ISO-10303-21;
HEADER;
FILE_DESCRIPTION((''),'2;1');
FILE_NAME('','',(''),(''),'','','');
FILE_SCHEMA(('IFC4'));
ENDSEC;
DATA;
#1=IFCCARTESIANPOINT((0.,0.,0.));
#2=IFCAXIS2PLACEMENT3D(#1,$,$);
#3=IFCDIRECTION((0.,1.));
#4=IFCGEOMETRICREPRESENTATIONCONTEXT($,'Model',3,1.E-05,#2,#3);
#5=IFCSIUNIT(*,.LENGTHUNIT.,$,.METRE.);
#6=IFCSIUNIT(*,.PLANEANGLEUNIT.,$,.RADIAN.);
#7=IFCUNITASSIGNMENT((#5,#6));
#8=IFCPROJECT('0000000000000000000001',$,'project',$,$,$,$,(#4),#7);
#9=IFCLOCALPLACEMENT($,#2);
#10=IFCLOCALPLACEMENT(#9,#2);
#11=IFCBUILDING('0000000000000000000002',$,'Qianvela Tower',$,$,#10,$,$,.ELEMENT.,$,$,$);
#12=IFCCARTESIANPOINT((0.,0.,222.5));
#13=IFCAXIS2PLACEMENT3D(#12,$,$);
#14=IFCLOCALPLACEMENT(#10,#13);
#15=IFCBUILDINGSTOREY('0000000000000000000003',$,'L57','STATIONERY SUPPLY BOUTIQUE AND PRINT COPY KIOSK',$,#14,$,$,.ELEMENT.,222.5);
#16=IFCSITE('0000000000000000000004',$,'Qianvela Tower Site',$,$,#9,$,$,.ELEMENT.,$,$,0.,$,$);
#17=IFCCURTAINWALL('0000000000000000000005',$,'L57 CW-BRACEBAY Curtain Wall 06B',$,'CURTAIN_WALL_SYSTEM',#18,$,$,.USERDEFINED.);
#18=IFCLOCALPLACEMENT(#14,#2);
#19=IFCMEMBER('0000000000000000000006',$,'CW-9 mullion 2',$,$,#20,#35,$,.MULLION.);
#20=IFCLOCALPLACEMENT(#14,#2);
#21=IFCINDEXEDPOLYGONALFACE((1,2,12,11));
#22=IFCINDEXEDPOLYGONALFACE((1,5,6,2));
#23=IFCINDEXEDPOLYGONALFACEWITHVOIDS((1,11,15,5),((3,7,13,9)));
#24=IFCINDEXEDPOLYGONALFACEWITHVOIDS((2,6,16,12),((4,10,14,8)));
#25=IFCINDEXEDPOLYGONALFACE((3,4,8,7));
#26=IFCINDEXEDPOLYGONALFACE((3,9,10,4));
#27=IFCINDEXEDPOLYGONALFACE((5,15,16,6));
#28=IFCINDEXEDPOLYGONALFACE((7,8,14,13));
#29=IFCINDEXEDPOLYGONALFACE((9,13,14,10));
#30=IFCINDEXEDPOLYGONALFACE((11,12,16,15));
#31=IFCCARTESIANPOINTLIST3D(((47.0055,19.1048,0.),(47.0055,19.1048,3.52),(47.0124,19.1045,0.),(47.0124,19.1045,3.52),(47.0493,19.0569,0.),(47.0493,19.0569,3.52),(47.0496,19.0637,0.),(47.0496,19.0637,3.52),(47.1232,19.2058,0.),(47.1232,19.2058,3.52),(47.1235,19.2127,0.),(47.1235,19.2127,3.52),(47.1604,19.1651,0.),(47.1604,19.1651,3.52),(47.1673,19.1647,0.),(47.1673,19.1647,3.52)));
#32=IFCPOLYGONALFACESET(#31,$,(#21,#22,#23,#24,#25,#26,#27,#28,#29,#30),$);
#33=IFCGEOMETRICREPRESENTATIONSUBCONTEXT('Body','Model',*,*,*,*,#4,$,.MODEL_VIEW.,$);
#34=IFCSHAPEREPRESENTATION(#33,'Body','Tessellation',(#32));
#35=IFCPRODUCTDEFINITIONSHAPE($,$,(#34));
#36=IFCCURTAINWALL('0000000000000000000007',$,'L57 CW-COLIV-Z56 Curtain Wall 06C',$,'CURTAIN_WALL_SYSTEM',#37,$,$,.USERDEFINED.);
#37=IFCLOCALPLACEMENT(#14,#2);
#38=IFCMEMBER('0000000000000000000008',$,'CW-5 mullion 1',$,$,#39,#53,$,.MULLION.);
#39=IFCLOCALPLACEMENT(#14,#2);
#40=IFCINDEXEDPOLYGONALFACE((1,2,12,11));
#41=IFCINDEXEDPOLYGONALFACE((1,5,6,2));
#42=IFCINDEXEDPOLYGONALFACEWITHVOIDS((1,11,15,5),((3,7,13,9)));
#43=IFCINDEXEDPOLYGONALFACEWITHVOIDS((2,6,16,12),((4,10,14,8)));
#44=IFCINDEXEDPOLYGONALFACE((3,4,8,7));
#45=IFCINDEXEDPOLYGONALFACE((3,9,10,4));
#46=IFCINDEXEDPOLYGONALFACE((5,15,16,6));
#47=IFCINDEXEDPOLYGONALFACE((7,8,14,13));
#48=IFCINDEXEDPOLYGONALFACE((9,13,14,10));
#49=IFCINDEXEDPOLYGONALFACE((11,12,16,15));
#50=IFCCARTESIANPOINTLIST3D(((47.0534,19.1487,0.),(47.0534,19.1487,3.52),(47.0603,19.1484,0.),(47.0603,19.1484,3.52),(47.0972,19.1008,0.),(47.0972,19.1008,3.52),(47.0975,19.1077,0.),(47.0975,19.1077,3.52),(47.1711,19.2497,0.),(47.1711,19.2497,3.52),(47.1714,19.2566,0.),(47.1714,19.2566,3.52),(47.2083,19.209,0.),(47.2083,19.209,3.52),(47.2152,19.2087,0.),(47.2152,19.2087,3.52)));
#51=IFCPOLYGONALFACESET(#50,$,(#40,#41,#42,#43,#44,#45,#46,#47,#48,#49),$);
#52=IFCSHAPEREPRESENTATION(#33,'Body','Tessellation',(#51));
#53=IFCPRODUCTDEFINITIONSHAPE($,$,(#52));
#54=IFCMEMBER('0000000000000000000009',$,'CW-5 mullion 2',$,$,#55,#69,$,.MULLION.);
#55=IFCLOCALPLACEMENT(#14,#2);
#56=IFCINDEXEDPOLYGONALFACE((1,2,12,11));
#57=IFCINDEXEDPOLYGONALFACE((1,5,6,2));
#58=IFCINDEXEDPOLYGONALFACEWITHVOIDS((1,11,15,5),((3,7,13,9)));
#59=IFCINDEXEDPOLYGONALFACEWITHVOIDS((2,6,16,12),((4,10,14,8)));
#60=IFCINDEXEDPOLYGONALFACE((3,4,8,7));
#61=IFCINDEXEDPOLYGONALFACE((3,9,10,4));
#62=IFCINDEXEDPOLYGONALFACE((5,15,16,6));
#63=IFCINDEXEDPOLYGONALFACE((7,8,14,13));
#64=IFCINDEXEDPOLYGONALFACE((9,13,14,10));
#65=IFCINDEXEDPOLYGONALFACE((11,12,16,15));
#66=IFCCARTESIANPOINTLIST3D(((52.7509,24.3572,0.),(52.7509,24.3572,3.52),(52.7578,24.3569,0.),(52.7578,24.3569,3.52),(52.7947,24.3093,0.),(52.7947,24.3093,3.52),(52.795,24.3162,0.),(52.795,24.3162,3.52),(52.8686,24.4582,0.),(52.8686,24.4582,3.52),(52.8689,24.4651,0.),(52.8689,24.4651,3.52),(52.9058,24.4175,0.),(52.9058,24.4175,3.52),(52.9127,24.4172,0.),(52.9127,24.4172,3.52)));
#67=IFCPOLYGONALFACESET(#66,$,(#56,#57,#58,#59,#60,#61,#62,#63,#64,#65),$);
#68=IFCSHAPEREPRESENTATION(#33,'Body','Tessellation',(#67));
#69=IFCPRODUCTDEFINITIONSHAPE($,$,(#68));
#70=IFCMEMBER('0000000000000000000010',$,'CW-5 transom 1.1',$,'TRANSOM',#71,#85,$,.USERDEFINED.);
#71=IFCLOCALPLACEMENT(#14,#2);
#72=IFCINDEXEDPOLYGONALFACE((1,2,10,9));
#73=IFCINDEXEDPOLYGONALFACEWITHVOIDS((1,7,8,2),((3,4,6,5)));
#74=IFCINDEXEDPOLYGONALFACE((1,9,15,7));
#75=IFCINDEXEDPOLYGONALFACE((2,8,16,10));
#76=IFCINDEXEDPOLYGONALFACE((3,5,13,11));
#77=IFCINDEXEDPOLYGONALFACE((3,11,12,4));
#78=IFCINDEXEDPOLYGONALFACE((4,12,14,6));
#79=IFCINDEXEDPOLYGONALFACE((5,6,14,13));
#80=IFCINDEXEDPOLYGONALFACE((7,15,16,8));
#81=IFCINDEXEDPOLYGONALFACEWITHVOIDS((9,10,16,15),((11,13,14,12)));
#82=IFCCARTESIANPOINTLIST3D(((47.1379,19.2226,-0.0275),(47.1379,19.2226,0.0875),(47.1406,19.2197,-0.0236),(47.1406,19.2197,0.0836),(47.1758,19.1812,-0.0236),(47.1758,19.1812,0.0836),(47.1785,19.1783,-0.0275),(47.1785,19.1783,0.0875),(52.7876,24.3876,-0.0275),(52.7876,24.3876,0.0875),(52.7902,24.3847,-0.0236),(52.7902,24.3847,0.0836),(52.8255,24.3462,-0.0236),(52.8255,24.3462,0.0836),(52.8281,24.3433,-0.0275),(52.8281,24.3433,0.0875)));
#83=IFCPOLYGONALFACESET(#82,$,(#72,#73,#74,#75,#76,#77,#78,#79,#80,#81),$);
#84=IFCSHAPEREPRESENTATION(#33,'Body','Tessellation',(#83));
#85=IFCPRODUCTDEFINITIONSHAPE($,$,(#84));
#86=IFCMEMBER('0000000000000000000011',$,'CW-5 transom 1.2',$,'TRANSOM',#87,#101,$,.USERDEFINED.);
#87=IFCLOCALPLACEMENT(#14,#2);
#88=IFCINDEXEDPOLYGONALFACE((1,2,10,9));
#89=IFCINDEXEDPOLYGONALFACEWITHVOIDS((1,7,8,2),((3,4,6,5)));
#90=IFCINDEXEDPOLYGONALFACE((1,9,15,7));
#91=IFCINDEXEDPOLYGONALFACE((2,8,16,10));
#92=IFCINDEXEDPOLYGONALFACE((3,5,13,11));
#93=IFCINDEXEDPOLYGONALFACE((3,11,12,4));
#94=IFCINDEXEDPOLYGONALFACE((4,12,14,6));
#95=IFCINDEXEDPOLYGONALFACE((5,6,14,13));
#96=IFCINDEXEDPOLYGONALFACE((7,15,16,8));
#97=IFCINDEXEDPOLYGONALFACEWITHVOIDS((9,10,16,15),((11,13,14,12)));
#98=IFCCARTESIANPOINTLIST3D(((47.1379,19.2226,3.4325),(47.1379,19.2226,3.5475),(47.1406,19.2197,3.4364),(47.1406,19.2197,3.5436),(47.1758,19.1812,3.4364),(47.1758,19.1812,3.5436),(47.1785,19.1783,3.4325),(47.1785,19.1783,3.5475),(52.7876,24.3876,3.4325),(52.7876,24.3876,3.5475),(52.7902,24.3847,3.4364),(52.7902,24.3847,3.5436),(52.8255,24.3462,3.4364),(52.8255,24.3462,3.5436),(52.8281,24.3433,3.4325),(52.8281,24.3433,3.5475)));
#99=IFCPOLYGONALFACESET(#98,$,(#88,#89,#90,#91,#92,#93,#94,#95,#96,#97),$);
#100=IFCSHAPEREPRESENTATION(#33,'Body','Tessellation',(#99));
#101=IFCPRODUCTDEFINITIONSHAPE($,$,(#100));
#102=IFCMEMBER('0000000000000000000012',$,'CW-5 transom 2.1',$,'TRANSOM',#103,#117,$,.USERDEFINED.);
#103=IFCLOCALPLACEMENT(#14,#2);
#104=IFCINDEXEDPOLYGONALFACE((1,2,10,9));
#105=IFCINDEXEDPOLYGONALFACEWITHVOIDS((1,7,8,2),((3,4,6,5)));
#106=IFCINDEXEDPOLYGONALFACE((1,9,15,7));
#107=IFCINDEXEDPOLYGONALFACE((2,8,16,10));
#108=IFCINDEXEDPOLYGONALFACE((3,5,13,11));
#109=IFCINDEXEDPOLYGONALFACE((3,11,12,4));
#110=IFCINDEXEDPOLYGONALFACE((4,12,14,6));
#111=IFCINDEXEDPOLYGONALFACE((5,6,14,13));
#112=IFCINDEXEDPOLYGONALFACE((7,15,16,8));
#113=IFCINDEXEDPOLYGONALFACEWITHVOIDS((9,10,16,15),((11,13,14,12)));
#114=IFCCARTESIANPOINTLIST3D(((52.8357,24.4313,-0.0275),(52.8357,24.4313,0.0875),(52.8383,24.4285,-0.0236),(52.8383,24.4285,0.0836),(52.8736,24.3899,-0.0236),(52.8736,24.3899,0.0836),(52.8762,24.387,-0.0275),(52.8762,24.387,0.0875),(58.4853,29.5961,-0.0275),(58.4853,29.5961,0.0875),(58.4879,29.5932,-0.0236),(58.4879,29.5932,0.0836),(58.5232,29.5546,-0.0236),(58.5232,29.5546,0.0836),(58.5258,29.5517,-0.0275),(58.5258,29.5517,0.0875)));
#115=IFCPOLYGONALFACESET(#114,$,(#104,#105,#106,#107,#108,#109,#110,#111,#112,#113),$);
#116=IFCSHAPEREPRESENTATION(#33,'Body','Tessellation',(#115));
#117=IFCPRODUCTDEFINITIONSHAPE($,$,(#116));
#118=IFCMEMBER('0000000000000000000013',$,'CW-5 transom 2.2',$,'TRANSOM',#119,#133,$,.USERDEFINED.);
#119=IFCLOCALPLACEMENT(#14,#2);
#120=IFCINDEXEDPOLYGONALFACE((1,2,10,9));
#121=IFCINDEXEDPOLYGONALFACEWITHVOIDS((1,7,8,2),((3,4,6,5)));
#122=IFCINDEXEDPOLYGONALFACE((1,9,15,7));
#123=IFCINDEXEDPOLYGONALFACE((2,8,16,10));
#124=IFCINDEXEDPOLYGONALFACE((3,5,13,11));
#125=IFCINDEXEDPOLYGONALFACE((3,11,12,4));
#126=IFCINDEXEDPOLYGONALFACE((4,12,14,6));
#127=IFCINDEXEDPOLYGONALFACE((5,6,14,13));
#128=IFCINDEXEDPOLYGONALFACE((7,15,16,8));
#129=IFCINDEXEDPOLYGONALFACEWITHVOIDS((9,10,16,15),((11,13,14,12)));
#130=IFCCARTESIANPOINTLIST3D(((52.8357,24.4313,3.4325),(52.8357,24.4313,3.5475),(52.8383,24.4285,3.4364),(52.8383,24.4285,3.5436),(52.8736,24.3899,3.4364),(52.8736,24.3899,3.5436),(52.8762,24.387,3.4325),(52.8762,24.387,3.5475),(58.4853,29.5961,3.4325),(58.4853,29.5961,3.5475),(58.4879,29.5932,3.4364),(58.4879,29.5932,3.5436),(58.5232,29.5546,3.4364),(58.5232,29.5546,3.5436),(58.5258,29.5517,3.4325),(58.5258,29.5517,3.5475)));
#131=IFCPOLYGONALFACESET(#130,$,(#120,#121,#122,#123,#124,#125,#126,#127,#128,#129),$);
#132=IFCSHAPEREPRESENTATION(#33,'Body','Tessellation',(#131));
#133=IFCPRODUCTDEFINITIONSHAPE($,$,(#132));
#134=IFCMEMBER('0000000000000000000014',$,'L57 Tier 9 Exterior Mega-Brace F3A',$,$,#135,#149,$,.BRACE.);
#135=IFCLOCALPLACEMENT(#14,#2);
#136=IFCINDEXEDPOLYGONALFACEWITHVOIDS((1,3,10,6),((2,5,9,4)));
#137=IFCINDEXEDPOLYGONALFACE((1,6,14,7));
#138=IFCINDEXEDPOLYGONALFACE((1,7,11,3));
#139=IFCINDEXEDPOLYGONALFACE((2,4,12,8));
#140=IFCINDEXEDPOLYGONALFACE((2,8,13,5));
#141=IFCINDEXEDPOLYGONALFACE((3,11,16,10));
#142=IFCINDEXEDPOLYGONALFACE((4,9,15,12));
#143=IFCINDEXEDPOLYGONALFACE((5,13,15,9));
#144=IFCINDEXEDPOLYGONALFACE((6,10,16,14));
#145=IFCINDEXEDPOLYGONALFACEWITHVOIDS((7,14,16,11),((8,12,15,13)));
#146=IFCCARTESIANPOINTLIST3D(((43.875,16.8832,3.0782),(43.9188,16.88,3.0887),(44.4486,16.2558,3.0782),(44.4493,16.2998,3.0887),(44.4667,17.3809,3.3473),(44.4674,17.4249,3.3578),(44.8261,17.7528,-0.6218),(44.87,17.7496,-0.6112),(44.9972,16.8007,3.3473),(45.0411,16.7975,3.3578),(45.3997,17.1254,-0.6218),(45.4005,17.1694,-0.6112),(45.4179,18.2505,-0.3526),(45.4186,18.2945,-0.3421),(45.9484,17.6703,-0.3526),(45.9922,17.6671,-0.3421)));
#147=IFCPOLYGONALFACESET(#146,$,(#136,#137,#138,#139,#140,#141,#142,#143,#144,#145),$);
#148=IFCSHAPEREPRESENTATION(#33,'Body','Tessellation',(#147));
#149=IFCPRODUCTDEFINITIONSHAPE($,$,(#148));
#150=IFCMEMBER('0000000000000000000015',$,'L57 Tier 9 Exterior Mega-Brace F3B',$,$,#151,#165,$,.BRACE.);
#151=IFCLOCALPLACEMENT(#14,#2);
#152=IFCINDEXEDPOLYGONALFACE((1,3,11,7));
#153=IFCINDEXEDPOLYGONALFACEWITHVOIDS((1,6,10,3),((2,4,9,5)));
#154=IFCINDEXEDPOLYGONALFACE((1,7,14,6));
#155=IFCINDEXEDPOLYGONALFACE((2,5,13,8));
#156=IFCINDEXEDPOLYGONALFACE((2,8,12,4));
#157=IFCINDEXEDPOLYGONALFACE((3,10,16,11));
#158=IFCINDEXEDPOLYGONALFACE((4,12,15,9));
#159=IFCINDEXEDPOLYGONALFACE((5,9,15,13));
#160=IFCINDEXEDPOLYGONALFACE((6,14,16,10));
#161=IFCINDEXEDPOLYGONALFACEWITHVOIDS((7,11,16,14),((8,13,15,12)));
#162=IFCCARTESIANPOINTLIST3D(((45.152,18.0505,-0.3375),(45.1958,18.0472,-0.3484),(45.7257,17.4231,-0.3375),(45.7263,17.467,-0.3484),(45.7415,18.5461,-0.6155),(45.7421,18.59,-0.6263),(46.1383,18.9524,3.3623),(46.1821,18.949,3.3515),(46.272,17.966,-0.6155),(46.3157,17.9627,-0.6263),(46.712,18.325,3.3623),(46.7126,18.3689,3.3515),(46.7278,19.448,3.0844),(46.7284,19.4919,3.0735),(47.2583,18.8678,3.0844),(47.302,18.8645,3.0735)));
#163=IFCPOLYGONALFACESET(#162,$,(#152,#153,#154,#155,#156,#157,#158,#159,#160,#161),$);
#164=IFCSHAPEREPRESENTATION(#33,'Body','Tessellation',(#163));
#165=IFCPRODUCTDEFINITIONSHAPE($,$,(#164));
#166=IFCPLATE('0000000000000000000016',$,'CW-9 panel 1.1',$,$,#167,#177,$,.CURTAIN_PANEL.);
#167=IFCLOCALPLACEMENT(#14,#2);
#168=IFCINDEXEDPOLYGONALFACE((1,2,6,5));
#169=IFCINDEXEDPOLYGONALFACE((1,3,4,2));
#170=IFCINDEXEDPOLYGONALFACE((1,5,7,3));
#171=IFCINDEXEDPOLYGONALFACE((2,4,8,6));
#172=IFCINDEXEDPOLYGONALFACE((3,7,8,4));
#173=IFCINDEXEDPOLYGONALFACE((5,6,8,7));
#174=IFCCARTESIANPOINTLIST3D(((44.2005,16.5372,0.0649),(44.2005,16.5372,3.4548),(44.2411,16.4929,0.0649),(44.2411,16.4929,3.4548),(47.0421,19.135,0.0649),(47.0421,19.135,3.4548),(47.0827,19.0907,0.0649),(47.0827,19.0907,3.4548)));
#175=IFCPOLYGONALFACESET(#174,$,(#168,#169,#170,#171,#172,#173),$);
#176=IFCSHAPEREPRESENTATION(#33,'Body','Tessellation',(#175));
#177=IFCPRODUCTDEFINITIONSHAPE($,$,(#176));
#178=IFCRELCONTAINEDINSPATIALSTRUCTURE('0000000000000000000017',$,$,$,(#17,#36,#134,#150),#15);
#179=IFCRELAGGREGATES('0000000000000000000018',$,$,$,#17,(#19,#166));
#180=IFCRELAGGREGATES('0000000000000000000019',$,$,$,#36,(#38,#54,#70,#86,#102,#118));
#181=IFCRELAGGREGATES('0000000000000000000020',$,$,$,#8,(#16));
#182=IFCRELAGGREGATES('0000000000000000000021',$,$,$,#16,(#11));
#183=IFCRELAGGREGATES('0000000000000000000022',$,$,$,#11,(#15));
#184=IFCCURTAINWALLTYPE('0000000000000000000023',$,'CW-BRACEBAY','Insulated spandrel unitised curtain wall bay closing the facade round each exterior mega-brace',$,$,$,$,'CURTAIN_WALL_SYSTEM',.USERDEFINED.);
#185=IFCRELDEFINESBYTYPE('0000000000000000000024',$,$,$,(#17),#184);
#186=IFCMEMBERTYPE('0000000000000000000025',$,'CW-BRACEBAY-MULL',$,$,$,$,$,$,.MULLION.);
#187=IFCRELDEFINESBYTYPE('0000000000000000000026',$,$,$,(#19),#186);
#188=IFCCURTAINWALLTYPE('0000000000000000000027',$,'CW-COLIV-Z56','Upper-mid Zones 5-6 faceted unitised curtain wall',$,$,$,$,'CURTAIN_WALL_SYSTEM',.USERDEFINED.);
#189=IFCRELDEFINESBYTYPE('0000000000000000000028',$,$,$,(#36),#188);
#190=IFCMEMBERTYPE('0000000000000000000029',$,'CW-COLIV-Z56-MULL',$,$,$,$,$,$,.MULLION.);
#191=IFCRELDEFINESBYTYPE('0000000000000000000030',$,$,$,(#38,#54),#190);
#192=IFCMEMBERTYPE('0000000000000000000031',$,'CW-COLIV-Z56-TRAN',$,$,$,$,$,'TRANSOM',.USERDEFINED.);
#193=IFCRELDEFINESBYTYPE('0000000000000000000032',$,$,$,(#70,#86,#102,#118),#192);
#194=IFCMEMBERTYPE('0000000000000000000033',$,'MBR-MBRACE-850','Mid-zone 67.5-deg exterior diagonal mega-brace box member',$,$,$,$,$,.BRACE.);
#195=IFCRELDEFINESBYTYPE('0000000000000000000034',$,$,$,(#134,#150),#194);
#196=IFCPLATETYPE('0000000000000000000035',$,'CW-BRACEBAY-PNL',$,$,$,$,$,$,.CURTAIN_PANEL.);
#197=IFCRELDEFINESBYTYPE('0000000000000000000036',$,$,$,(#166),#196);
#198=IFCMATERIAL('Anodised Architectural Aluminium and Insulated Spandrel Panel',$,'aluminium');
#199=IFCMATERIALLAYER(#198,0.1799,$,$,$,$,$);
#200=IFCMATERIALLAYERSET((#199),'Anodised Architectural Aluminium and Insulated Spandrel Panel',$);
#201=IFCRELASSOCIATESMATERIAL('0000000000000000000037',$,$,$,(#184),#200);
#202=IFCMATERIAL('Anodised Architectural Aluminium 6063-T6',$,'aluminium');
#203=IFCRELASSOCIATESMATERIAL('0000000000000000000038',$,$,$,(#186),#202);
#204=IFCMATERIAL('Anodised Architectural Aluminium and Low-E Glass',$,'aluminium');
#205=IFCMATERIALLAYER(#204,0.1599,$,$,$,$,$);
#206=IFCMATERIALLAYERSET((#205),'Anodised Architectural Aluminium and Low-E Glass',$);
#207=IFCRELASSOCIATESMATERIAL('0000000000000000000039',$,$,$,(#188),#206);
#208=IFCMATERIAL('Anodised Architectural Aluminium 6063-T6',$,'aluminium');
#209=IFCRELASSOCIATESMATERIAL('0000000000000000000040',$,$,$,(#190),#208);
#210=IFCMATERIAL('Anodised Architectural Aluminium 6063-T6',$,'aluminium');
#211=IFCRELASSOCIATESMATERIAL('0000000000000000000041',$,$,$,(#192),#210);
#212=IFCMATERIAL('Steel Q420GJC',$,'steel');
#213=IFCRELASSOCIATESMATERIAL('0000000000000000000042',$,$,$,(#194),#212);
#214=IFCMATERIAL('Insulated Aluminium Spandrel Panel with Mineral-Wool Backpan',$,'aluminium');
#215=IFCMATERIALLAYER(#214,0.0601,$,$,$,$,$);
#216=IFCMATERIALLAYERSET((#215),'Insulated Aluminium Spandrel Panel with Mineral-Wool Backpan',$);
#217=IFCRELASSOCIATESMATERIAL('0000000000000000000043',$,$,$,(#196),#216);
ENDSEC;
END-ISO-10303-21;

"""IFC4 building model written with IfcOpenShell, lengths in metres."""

from ifc_helpers import new_model, si_unit, direction, frame, origin, origin_2d, place, context, subcontext, project, spatial, rectangle, hollow_rectangle, extrude, material, layer, layer_set, material_profile, profile_set, type_object, element, aggregate, save


model = new_model("IFC4")

# Units and contexts
model_context = context("Model", 3, precision=1e-05, world=origin(), true_north=direction((0.0, 1.0)))
body_context = subcontext(model_context, "Body", "Model", "MODEL_VIEW")
ifc_project = project(units=[si_unit("LENGTHUNIT", "METRE"), si_unit("PLANEANGLEUNIT", "RADIAN")], contexts=[model_context])

# Site, building, storey
site_placement = place(None, origin())
site = spatial("IfcSite", under=ifc_project, at=site_placement, Name="Qianvela Tower Site", CompositionType="ELEMENT", RefElevation=0.0)
building_placement = place(site_placement, origin())
building = spatial("IfcBuilding", under=site, at=building_placement, Name="Qianvela Tower", CompositionType="ELEMENT")
storey_placement = place(building_placement, frame((0.0, 0.0, 222.5)))
storey = spatial("IfcBuildingStorey", under=building, at=storey_placement, Name="L57", Description="STATIONERY SUPPLY BOUTIQUE AND PRINT COPY KIOSK", CompositionType="ELEMENT", Elevation=222.5)

# Curtain wall, member
ifc_material_1 = material(Name="Anodised Architectural Aluminium and Insulated Spandrel Panel", Category="aluminium")
ifc_layer_1 = layer(ifc_material_1, 0.1799)
ifc_layer_set_1 = layer_set([ifc_layer_1], Name="Anodised Architectural Aluminium and Insulated Spandrel Panel")
curtain_wall_type_1 = type_object("IfcCurtainWallType", Name="CW-BRACEBAY", Description="Insulated spandrel unitised curtain wall bay closing the facade round each exterior mega-brace", ElementType="CURTAIN_WALL_SYSTEM", PredefinedType="USERDEFINED", material=ifc_layer_set_1)
curtain_wall_1_placement = place(storey_placement, origin())
curtain_wall_1 = element("IfcCurtainWall", 1, at=curtain_wall_1_placement, inside=storey, type_object=curtain_wall_type_1, Name="L57 CW-BRACEBAY Curtain Wall 06B", ObjectType="CURTAIN_WALL_SYSTEM", PredefinedType="USERDEFINED")
ifc_material_2 = material(Name="Anodised Architectural Aluminium 6063-T6", Category="aluminium")
ifc_material_profile_1 = material_profile(ifc_material_2, hollow_rectangle(XDim=0.0649, YDim=0.1599, WallThickness=0.0049, at=origin_2d()), Name="ALU-MULL-65x160")
ifc_profile_set_1 = profile_set([ifc_material_profile_1], Name="Anodised Architectural Aluminium 6063-T6")
member_type_1 = type_object("IfcMemberType", Name="CW-BRACEBAY-MULL", PredefinedType="MULLION", material=ifc_profile_set_1)
member_1_placement = place(storey_placement, frame((47.0864, 19.1348, 0.0), z_axis=(0.0, 0.0, 1.0), x_axis=(-0.67474, 0.738056, 0.0)))
member_1 = element("IfcMember", 2, at=member_1_placement, type_object=member_type_1, Name="CW-9 mullion 2", PredefinedType="MULLION", context=body_context, shape_type="SweptSolid", body=[
    extrude(hollow_rectangle(XDim=0.0649, YDim=0.1599, WallThickness=0.0049, at=origin_2d()), origin(), (0.0, 0.0, 1.0), 3.52),
])

# Curtain wall, members
ifc_material_3 = material(Name="Anodised Architectural Aluminium and Low-E Glass", Category="aluminium")
ifc_layer_2 = layer(ifc_material_3, 0.1599)
ifc_layer_set_2 = layer_set([ifc_layer_2], Name="Anodised Architectural Aluminium and Low-E Glass")
curtain_wall_type_2 = type_object("IfcCurtainWallType", Name="CW-COLIV-Z56", Description="Upper-mid Zones 5-6 faceted unitised curtain wall", ElementType="CURTAIN_WALL_SYSTEM", PredefinedType="USERDEFINED", material=ifc_layer_set_2)
curtain_wall_2_placement = place(storey_placement, origin())
curtain_wall_2 = element("IfcCurtainWall", 3, at=curtain_wall_2_placement, inside=storey, type_object=curtain_wall_type_2, Name="L57 CW-COLIV-Z56 Curtain Wall 06C", ObjectType="CURTAIN_WALL_SYSTEM", PredefinedType="USERDEFINED")
ifc_material_4 = material(Name="Anodised Architectural Aluminium 6063-T6", Category="aluminium")
ifc_material_profile_2 = material_profile(ifc_material_4, hollow_rectangle(XDim=0.0649, YDim=0.1599, WallThickness=0.0049, at=origin_2d()), Name="ALU-MULL-65x160")
ifc_profile_set_2 = profile_set([ifc_material_profile_2], Name="Anodised Architectural Aluminium 6063-T6")
member_type_2 = type_object("IfcMemberType", Name="CW-COLIV-Z56-MULL", PredefinedType="MULLION", material=ifc_profile_set_2)
member_2_placement = place(storey_placement, frame((47.1343, 19.1787, 0.0), z_axis=(0.0, 0.0, 1.0), x_axis=(-0.674729, 0.738066, 0.0)))
member_2 = element("IfcMember", 4, at=member_2_placement, type_object=member_type_2, Name="CW-5 mullion 1", PredefinedType="MULLION", context=body_context, shape_type="SweptSolid", body=[
    extrude(hollow_rectangle(XDim=0.0649, YDim=0.1599, WallThickness=0.0049, at=origin_2d()), origin(), (0.0, 0.0, 1.0), 3.52),
])
member_3_placement = place(storey_placement, frame((52.8318, 24.3872, 0.0), z_axis=(0.0, 0.0, 1.0), x_axis=(-0.674729, 0.738066, 0.0)))
member_3 = element("IfcMember", 5, at=member_3_placement, type_object=member_type_2, Name="CW-5 mullion 2", PredefinedType="MULLION", context=body_context, shape_type="SweptSolid", body=[
    extrude(hollow_rectangle(XDim=0.0649, YDim=0.1599, WallThickness=0.0049, at=origin_2d()), origin(), (0.0, 0.0, 1.0), 3.52),
])
ifc_material_5 = material(Name="Anodised Architectural Aluminium 6063-T6", Category="aluminium")
ifc_material_profile_3 = material_profile(ifc_material_5, hollow_rectangle(XDim=0.0601, YDim=0.115, WallThickness=0.0039, at=origin_2d()), Name="ALU-TRAN-60x115")
ifc_profile_set_3 = profile_set([ifc_material_profile_3], Name="Anodised Architectural Aluminium 6063-T6")
member_type_3 = type_object("IfcMemberType", Name="CW-COLIV-Z56-TRAN", ElementType="TRANSOM", PredefinedType="USERDEFINED", material=ifc_profile_set_3)
member_4_placement = place(storey_placement, frame((47.1582, 19.2004, 0.03), z_axis=(0.738052, 0.674743, 0.0), x_axis=(-0.674743, 0.738052, 0.0)))
member_4 = element("IfcMember", 6, at=member_4_placement, type_object=member_type_3, Name="CW-5 transom 1.1", ObjectType="TRANSOM", PredefinedType="USERDEFINED", context=body_context, shape_type="SweptSolid", body=[
    extrude(hollow_rectangle(XDim=0.0601, YDim=0.115, WallThickness=0.0039, at=origin_2d()), origin(), (0.0, 0.0, 1.0), 7.6548),
])
member_5_placement = place(storey_placement, frame((47.1582, 19.2004, 3.49), z_axis=(0.738052, 0.674743, 0.0), x_axis=(-0.674743, 0.738052, 0.0)))
member_5 = element("IfcMember", 7, at=member_5_placement, type_object=member_type_3, Name="CW-5 transom 1.2", ObjectType="TRANSOM", PredefinedType="USERDEFINED", context=body_context, shape_type="SweptSolid", body=[
    extrude(hollow_rectangle(XDim=0.0601, YDim=0.115, WallThickness=0.0039, at=origin_2d()), origin(), (0.0, 0.0, 1.0), 7.6548),
])
member_6_placement = place(storey_placement, frame((52.856, 24.4092, 0.03), z_axis=(0.738068, 0.674726, 0.0), x_axis=(-0.674726, 0.738068, 0.0)))
member_6 = element("IfcMember", 8, at=member_6_placement, type_object=member_type_3, Name="CW-5 transom 2.1", ObjectType="TRANSOM", PredefinedType="USERDEFINED", context=body_context, shape_type="SweptSolid", body=[
    extrude(hollow_rectangle(XDim=0.0601, YDim=0.115, WallThickness=0.0039, at=origin_2d()), origin(), (0.0, 0.0, 1.0), 7.6545),
])
member_7_placement = place(storey_placement, frame((52.856, 24.4092, 3.49), z_axis=(0.738068, 0.674726, 0.0), x_axis=(-0.674726, 0.738068, 0.0)))
member_7 = element("IfcMember", 9, at=member_7_placement, type_object=member_type_3, Name="CW-5 transom 2.2", ObjectType="TRANSOM", PredefinedType="USERDEFINED", context=body_context, shape_type="SweptSolid", body=[
    extrude(hollow_rectangle(XDim=0.0601, YDim=0.115, WallThickness=0.0039, at=origin_2d()), origin(), (0.0, 0.0, 1.0), 7.6545),
])

# Members
ifc_material_6 = material(Name="Steel Q420GJC", Category="steel")
ifc_material_profile_4 = material_profile(ifc_material_6, hollow_rectangle(XDim=0.8501, YDim=0.8501, WallThickness=0.032, at=origin_2d()), Name="MBOX-850x850x32")
ifc_profile_set_4 = profile_set([ifc_material_profile_4], Name="Steel Q420GJC")
member_type_4 = type_object("IfcMemberType", Name="MBR-MBRACE-850", Description="Mid-zone 67.5-deg exterior diagonal mega-brace box member", PredefinedType="BRACE", material=ifc_profile_set_4)
member_8_placement = place(storey_placement, frame((45.4092, 17.71, -0.4819), z_axis=(-0.242771, -0.221958, 0.94435), x_axis=(0.674763, -0.738034, 0.0)))
element("IfcMember", 10, at=member_8_placement, inside=storey, type_object=member_type_4, Name="L57 Tier 9 Exterior Mega-Brace F3A", PredefinedType="BRACE", context=body_context, shape_type="SweptSolid", body=[
    extrude(hollow_rectangle(XDim=0.8501, YDim=0.8501, WallThickness=0.032, at=origin_2d()), origin(), (0.0, 0.0, 1.0), 3.918),
])
member_9_placement = place(storey_placement, frame((45.7339, 18.0066, -0.4819), z_axis=(0.250723, 0.22925, 0.940522), x_axis=(-0.674798, 0.738003, 0.0)))
element("IfcMember", 11, at=member_9_placement, inside=storey, type_object=member_type_4, Name="L57 Tier 9 Exterior Mega-Brace F3B", PredefinedType="BRACE", context=body_context, shape_type="SweptSolid", body=[
    extrude(hollow_rectangle(XDim=0.8501, YDim=0.8501, WallThickness=0.032, at=origin_2d()), origin(), (0.0, 0.0, 1.0), 3.9338),
])

# Plate
ifc_material_7 = material(Name="Insulated Aluminium Spandrel Panel with Mineral-Wool Backpan", Category="aluminium")
ifc_layer_3 = layer(ifc_material_7, 0.0601)
ifc_layer_set_3 = layer_set([ifc_layer_3], Name="Insulated Aluminium Spandrel Panel with Mineral-Wool Backpan")
plate_type_1 = type_object("IfcPlateType", Name="CW-BRACEBAY-PNL", PredefinedType="CURTAIN_PANEL", material=ifc_layer_set_3)
plate_1_placement = place(storey_placement, frame((45.6416, 17.814, 0.0649), z_axis=(0.0, 0.0, 1.0), x_axis=(0.738056, 0.67474, 0.0)))
plate_1 = element("IfcPlate", 12, at=plate_1_placement, type_object=plate_type_1, Name="CW-9 panel 1.1", PredefinedType="CURTAIN_PANEL", context=body_context, shape_type="SweptSolid", body=[
    extrude(rectangle(XDim=3.8501, YDim=0.0601, at=origin_2d()), origin(), (0.0, 0.0, 1.0), 3.3899),
])
aggregate(curtain_wall_1, [member_1, plate_1])
aggregate(curtain_wall_2, [member_2, member_3, member_4, member_5, member_6, member_7])

save(model, "model.ifc")
